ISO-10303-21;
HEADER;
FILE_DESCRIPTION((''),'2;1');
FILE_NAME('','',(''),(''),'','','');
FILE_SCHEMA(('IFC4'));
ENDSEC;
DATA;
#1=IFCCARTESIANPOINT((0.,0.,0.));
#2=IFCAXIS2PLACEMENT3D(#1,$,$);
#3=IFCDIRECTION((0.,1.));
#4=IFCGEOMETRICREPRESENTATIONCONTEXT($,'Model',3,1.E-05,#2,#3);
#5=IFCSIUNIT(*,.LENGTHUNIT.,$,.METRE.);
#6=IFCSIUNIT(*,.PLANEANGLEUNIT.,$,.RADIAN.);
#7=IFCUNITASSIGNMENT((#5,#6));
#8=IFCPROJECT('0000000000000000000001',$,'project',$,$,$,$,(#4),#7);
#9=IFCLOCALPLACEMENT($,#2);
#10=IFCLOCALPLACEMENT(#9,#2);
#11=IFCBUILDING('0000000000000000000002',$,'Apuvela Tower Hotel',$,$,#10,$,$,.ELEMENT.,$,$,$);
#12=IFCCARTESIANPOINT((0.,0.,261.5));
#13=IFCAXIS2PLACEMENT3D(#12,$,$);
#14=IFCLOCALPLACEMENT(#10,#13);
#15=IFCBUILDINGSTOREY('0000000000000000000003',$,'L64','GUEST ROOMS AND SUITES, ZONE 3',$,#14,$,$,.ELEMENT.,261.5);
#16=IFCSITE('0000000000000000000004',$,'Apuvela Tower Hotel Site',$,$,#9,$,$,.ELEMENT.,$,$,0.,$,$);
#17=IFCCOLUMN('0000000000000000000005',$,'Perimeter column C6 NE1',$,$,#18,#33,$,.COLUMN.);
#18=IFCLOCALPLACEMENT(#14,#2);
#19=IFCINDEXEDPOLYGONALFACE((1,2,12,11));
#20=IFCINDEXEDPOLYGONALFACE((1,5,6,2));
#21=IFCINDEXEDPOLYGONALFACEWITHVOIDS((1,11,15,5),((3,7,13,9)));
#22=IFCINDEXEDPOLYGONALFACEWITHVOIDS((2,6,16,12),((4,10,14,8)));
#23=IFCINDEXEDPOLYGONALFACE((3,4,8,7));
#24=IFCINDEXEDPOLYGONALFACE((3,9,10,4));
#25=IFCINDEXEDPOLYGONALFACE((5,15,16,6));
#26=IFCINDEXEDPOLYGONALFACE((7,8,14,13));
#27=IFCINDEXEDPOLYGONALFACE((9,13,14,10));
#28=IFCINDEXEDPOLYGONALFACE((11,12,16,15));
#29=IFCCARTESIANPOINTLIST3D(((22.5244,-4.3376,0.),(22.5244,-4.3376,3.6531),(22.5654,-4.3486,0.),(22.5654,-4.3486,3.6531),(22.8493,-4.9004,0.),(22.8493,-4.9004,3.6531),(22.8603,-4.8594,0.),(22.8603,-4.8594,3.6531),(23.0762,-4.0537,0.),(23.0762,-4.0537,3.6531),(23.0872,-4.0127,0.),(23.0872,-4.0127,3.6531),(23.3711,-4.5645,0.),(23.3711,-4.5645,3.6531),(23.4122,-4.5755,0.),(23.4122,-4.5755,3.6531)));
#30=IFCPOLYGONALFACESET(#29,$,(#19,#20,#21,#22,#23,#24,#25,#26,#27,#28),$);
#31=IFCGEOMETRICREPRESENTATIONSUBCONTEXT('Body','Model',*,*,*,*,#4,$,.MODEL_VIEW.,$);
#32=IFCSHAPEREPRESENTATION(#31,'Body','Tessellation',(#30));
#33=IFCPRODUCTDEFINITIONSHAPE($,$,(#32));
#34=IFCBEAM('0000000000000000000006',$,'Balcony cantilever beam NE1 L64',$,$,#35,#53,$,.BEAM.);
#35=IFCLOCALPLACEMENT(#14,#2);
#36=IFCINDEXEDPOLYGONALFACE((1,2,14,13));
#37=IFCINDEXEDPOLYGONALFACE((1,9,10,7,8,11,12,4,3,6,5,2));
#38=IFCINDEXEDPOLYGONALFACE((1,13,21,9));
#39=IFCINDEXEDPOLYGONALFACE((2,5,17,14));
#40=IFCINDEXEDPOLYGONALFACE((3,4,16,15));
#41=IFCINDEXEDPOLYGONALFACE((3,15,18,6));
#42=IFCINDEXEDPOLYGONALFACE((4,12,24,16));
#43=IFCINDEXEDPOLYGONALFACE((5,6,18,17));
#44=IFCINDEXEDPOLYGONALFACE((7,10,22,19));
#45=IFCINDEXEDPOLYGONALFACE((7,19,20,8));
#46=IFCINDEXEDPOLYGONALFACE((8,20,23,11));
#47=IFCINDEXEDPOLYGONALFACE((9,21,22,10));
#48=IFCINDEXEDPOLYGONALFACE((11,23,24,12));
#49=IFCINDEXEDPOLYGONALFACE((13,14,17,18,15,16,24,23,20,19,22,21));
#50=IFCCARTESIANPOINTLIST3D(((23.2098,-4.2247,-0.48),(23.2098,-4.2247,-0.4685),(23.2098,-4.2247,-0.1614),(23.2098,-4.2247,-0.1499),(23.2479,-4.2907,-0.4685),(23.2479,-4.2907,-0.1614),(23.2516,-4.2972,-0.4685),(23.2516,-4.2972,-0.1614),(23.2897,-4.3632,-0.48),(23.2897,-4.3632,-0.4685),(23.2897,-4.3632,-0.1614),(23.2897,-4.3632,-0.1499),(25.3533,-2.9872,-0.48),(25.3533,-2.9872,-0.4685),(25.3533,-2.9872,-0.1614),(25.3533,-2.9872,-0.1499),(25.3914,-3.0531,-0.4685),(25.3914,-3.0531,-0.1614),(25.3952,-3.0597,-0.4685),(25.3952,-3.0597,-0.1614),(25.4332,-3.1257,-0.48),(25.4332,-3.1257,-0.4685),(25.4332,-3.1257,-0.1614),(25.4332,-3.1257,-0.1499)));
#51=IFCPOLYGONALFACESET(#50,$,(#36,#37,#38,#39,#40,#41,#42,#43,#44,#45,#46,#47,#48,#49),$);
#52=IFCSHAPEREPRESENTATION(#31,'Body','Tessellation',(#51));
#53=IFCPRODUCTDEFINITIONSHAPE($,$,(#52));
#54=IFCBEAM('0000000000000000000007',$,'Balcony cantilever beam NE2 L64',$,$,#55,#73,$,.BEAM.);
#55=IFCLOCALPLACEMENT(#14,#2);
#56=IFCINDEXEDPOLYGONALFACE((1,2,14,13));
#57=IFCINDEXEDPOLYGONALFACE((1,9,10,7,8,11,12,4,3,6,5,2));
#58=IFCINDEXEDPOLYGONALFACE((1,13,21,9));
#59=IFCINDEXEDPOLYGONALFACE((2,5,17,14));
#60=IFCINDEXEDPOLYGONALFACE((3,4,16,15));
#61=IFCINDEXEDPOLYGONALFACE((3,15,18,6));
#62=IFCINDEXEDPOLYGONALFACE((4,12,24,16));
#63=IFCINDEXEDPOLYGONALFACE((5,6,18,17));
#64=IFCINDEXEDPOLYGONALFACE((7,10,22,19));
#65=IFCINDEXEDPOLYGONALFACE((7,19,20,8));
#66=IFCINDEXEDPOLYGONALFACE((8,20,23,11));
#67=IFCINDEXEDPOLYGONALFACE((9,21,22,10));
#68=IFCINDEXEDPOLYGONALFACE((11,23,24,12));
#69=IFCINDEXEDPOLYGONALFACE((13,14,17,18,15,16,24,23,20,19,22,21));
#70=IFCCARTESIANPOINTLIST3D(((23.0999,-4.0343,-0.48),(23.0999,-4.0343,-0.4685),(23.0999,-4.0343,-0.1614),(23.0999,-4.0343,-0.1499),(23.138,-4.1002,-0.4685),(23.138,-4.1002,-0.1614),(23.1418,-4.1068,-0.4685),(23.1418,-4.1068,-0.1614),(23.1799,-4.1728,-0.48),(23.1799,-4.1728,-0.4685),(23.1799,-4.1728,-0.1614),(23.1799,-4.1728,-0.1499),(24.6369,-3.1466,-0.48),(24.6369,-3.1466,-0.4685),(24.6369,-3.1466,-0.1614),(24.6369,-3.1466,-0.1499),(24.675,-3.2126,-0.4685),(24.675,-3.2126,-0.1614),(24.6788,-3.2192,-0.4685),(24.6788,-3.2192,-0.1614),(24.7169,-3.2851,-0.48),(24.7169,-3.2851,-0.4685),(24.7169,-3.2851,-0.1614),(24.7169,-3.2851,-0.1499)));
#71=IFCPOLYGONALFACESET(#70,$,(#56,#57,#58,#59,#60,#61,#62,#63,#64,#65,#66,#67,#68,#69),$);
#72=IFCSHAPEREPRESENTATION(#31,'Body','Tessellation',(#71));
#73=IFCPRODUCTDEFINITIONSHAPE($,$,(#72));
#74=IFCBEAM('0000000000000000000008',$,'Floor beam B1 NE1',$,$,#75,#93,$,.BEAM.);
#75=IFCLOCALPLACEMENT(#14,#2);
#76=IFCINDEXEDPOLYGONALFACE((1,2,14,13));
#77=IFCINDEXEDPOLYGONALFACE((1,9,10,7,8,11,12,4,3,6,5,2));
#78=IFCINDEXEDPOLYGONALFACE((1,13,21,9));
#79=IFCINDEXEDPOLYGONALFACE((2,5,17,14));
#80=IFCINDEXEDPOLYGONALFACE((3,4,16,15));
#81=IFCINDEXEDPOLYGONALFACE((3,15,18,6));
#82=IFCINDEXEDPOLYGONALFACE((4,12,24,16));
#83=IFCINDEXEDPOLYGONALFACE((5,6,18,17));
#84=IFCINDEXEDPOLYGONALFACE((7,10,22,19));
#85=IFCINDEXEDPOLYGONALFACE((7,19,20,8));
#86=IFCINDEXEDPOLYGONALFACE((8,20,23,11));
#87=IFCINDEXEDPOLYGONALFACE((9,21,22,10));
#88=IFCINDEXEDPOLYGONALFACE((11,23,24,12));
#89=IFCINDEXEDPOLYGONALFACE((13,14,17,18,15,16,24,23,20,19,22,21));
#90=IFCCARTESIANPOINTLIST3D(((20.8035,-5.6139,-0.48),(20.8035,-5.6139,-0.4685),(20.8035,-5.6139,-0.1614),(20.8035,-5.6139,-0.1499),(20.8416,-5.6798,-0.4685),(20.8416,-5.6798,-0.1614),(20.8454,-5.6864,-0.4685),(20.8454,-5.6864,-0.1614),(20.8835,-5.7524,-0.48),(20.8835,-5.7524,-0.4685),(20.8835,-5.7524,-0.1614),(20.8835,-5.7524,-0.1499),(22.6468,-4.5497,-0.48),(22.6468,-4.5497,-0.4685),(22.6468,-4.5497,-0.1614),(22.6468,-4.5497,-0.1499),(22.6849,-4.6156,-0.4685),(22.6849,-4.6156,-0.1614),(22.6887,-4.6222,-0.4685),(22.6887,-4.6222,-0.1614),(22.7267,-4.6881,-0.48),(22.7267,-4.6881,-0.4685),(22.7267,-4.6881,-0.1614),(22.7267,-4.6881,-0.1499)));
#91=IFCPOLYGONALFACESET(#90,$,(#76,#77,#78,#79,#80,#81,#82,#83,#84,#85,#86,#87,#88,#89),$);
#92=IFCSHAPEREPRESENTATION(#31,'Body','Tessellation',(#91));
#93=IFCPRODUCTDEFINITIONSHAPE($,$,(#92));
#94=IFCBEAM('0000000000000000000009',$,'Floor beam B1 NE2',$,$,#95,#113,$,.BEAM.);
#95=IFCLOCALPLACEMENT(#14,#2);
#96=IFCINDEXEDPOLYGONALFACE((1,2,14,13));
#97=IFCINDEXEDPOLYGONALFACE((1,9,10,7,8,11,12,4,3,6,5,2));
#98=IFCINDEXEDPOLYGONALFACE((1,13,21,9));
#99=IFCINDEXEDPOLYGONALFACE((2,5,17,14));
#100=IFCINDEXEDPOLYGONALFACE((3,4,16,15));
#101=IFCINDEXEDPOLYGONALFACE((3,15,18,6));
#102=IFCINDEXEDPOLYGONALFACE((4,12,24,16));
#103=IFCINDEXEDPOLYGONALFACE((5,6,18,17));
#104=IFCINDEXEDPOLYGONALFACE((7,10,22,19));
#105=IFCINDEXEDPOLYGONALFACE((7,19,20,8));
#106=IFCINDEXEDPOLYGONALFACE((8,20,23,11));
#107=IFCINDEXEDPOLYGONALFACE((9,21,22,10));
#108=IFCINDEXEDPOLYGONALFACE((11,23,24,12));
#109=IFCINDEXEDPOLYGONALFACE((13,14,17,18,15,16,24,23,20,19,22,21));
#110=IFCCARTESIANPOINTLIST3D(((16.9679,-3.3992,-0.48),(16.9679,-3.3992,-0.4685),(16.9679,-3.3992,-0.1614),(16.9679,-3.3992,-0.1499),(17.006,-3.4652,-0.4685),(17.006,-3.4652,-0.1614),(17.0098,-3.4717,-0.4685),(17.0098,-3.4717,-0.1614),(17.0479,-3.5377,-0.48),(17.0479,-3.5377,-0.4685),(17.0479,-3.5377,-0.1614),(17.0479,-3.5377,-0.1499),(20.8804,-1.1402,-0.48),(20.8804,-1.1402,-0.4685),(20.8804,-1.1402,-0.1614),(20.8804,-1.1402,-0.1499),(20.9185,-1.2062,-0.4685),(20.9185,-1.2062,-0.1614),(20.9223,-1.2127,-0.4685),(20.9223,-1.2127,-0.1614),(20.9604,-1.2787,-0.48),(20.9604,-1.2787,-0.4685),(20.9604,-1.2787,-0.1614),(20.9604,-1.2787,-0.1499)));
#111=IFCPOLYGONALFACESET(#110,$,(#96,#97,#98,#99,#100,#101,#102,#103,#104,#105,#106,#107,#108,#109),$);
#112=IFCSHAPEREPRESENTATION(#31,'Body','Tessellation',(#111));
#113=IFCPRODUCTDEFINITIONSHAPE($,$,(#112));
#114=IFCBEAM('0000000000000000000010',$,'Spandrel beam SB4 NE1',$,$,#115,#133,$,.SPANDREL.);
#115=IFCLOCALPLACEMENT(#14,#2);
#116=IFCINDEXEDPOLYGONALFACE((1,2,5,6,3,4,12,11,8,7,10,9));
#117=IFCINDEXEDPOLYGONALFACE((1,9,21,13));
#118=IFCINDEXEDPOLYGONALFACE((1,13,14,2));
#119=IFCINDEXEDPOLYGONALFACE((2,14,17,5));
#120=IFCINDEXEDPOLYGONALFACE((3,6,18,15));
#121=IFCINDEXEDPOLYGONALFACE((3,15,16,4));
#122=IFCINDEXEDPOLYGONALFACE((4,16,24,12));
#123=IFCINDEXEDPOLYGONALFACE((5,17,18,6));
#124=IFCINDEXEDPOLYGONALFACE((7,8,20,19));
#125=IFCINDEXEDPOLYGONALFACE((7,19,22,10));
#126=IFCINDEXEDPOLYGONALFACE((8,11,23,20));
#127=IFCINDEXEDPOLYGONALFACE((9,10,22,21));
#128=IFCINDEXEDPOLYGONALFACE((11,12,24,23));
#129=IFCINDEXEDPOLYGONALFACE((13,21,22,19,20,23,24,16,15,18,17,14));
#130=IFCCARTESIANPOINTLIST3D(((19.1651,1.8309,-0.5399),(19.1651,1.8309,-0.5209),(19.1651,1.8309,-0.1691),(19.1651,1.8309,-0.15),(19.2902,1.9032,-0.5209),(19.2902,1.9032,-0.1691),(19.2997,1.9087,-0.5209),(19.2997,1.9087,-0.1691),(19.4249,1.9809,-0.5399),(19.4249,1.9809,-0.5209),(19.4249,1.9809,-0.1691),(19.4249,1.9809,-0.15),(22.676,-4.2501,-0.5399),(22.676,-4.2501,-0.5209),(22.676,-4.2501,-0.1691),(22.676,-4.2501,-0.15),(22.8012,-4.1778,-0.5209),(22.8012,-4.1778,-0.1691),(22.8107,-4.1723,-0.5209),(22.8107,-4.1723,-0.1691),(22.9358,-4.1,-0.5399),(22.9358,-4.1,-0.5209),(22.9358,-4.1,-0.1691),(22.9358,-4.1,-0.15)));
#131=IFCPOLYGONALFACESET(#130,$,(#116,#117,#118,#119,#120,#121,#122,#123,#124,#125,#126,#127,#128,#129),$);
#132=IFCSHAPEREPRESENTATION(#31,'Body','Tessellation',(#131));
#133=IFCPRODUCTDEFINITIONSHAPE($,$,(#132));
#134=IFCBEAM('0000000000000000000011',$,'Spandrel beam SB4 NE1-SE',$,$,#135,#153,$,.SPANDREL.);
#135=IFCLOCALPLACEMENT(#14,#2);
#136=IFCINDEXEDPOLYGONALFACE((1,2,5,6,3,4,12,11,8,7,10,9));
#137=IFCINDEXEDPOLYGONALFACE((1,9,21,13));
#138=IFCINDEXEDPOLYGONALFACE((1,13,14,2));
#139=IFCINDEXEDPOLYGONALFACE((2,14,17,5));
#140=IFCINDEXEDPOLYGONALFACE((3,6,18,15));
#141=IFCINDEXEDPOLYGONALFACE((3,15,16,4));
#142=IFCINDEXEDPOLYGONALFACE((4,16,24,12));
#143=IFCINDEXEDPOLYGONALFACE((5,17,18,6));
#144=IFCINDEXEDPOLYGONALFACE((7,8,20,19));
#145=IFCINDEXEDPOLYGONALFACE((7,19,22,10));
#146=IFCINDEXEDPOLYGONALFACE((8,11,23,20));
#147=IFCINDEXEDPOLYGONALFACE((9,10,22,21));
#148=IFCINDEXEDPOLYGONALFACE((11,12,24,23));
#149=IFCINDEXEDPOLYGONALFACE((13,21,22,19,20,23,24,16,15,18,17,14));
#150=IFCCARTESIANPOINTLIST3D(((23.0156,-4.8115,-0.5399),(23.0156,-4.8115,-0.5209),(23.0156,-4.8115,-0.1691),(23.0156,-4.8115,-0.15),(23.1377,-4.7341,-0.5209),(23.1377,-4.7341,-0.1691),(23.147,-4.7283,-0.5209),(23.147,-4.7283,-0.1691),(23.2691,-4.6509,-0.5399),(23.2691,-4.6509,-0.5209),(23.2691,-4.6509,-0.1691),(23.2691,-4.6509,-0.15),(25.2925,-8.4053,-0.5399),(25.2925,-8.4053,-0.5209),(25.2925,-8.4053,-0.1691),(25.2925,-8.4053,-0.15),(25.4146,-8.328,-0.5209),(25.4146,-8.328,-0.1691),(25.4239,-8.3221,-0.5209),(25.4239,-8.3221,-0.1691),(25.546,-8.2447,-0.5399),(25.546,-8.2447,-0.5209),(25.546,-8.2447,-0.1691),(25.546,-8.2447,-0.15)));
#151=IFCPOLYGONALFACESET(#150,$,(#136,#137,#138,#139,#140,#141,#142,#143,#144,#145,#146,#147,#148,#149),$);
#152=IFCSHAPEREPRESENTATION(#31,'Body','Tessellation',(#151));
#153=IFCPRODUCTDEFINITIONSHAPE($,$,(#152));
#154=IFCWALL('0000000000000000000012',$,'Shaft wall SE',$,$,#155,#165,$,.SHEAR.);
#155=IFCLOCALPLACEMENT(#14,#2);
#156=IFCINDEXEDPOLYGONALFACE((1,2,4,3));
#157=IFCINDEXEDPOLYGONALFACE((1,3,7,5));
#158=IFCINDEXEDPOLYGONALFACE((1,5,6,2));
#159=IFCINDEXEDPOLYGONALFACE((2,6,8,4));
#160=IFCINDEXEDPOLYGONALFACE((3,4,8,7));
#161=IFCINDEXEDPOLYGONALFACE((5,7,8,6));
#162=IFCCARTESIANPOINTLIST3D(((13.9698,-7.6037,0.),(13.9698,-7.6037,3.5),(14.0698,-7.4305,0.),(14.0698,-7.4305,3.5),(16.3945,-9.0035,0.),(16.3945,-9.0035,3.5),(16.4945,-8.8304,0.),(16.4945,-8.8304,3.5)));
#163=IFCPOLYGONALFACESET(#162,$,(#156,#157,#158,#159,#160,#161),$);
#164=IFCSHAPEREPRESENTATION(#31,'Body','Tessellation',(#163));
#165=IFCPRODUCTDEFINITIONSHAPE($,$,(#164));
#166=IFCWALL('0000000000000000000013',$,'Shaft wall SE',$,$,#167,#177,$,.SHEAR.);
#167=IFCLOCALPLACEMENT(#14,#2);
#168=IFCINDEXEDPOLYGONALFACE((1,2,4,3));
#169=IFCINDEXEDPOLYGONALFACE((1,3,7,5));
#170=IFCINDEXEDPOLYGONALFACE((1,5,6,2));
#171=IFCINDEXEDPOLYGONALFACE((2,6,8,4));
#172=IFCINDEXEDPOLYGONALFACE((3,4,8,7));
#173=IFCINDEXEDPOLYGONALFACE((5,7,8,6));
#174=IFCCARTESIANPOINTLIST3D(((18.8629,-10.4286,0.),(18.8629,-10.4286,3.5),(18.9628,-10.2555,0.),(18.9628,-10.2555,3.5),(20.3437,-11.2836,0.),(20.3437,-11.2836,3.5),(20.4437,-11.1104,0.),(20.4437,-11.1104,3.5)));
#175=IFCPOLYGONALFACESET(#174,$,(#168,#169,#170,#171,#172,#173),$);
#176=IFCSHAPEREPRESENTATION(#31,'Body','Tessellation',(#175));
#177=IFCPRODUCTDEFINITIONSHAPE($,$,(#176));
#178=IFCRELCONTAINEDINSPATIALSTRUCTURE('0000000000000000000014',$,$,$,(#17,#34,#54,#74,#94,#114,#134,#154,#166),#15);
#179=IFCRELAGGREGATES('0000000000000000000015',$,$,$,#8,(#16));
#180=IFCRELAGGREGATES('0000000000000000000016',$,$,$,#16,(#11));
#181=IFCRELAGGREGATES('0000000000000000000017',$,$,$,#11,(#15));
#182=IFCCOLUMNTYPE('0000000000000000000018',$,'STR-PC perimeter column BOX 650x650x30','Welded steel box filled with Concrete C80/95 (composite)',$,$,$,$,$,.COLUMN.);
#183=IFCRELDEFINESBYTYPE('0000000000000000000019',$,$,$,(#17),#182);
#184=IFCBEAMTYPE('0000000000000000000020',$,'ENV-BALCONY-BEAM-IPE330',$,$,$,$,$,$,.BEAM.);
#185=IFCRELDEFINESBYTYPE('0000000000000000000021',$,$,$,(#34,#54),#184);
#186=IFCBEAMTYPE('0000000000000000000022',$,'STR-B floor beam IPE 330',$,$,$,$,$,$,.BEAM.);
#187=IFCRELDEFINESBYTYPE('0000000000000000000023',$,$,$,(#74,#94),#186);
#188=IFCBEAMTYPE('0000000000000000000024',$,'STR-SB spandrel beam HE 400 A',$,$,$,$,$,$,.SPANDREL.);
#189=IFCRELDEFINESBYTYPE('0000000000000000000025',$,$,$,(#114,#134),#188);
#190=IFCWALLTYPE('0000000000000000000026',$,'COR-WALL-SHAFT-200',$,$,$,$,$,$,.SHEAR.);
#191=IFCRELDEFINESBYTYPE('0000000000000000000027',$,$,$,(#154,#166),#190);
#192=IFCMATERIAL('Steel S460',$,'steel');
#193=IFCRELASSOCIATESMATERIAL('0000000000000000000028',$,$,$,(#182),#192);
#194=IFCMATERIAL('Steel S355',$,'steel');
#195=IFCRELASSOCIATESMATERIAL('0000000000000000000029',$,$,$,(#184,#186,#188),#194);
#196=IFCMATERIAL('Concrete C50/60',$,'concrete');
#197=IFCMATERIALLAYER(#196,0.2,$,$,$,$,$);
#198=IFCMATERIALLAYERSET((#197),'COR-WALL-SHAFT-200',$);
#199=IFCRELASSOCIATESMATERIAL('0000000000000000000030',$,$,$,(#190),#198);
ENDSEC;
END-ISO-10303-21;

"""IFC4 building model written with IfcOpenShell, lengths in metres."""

from ifc_helpers import new_model, si_unit, direction, frame, frame_2d, origin, origin_2d, place, context, subcontext, project, spatial, rectangle, hollow_rectangle, i_section, extrude, boolean, halfspace, material, layer, layer_set, material_profile, profile_set, type_object, element, save


model = new_model("IFC4")

# Units and contexts
model_context = context("Model", 3, precision=1e-05, world=origin(), true_north=direction((0.0, 1.0)))
body_context = subcontext(model_context, "Body", "Model", "MODEL_VIEW")
ifc_project = project(units=[si_unit("LENGTHUNIT", "METRE"), si_unit("PLANEANGLEUNIT", "RADIAN")], contexts=[model_context])

# Site, building, storey
site_placement = place(None, origin())
site = spatial("IfcSite", under=ifc_project, at=site_placement, Name="Apuvela Tower Hotel Site", CompositionType="ELEMENT", RefElevation=0.0)
building_placement = place(site_placement, origin())
building = spatial("IfcBuilding", under=site, at=building_placement, Name="Apuvela Tower Hotel", CompositionType="ELEMENT")
storey_placement = place(building_placement, frame((0.0, 0.0, 261.5)))
storey = spatial("IfcBuildingStorey", under=building, at=storey_placement, Name="L64", Description="GUEST ROOMS AND SUITES, ZONE 3", CompositionType="ELEMENT", Elevation=261.5)

# Column
ifc_material_1 = material(Name="Steel S460", Category="steel")
ifc_material_profile_1 = material_profile(ifc_material_1, hollow_rectangle(XDim=0.6499, YDim=0.6499, WallThickness=0.03, at=origin_2d()), Name="BOX 650x650x30")
ifc_material_2 = material(Name="Concrete C80/95", Category="concrete")
ifc_material_profile_2 = material_profile(ifc_material_2, rectangle(XDim=0.5901, YDim=0.5901, at=origin_2d()), Name="Concrete C80/95 infill")
ifc_profile_set_1 = profile_set([ifc_material_profile_1, ifc_material_profile_2], Name="Steel S460")
column_type = type_object("IfcColumnType", Name="STR-PC perimeter column BOX 650x650x30", Description="Welded steel box filled with Concrete C80/95 (composite)", PredefinedType="COLUMN", material=ifc_profile_set_1)
column_placement = place(storey_placement, frame((22.9683, -4.4565, 0.0), z_axis=(0.0, 0.0, 1.0), x_axis=(-0.5, 0.866025, 0.0)))
element("IfcColumn", 1, at=column_placement, inside=storey, type_object=column_type, Name="Perimeter column C6 NE1", PredefinedType="COLUMN", context=body_context, shape_type="SweptSolid", body=[
    boolean("DIFFERENCE", extrude(hollow_rectangle(XDim=0.6499, YDim=0.6499, WallThickness=0.03, at=origin_2d()), origin(), (0.0, 0.0, 1.0), 3.7), halfspace(frame((0.0, 0.0, 3.6531), z_axis=(0.0, 0.0, 1.0), x_axis=(1.0, 0.0, 0.0)), False)),
])

# Beams
ifc_material_3 = material(Name="Steel S355", Category="steel")
ifc_material_profile_3 = material_profile(ifc_material_3, i_section(OverallWidth=0.1599, OverallDepth=0.3301, WebThickness=0.0076, FlangeThickness=0.0115, at=origin_2d()), Name="IPE 330")
ifc_profile_set_2 = profile_set([ifc_material_profile_3], Name="Steel S355")
beam_type_1 = type_object("IfcBeamType", Name="ENV-BALCONY-BEAM-IPE330", PredefinedType="BEAM", material=ifc_profile_set_2)
beam_1_placement = place(storey_placement, frame((23.2498, -4.2939, -0.3149), z_axis=(0.866031, 0.49999, 0.0), x_axis=(-0.49999, 0.866031, 0.0)))
element("IfcBeam", 2, at=beam_1_placement, inside=storey, type_object=beam_type_1, Name="Balcony cantilever beam NE1 L64", PredefinedType="BEAM", context=body_context, shape_type="SweptSolid", body=[
    extrude(i_section(OverallWidth=0.1599, OverallDepth=0.3301, WebThickness=0.0076, FlangeThickness=0.0115, at=origin_2d()), origin(), (0.0, 0.0, 1.0), 2.4751),
])
beam_2_placement = place(storey_placement, frame((23.1399, -4.1035, -0.3149), z_axis=(0.865966, 0.500103, 0.0), x_axis=(-0.500103, 0.865966, 0.0)))
element("IfcBeam", 3, at=beam_2_placement, inside=storey, type_object=beam_type_1, Name="Balcony cantilever beam NE2 L64", PredefinedType="BEAM", context=body_context, shape_type="SweptSolid", body=[
    extrude(i_section(OverallWidth=0.1599, OverallDepth=0.3301, WebThickness=0.0076, FlangeThickness=0.0115, at=origin_2d()), origin(), (0.0, 0.0, 1.0), 1.7749),
])
ifc_material_profile_4 = material_profile(ifc_material_3, i_section(OverallWidth=0.1599, OverallDepth=0.3301, WebThickness=0.0076, FlangeThickness=0.0115, at=origin_2d()), Name="IPE 330")
ifc_profile_set_3 = profile_set([ifc_material_profile_4], Name="Steel S355")
beam_type_2 = type_object("IfcBeamType", Name="STR-B floor beam IPE 330", PredefinedType="BEAM", material=ifc_profile_set_3)
beam_3_placement = place(storey_placement, frame((22.6868, -4.6189, -0.3149), z_axis=(-0.866025, -0.5, 0.0), x_axis=(0.5, -0.866025, 0.0)))
element("IfcBeam", 4, at=beam_3_placement, inside=storey, type_object=beam_type_2, Name="Floor beam B1 NE1", PredefinedType="BEAM", context=body_context, shape_type="SweptSolid", body=[
    extrude(i_section(OverallWidth=0.1599, OverallDepth=0.3301, WebThickness=0.0076, FlangeThickness=0.0115, at=origin_2d()), origin(), (0.0, 0.0, 1.0), 2.1284),
])
beam_4_placement = place(storey_placement, frame((20.9204, -1.2095, -0.3149), z_axis=(-0.866016, -0.500016, 0.0), x_axis=(0.500016, -0.866016, 0.0)))
element("IfcBeam", 5, at=beam_4_placement, inside=storey, type_object=beam_type_2, Name="Floor beam B1 NE2", PredefinedType="BEAM", context=body_context, shape_type="SweptSolid", body=[
    extrude(i_section(OverallWidth=0.1599, OverallDepth=0.3301, WebThickness=0.0076, FlangeThickness=0.0115, at=origin_2d()), origin(), (0.0, 0.0, 1.0), 4.5178),
])
ifc_material_profile_5 = material_profile(ifc_material_3, i_section(OverallWidth=0.3, OverallDepth=0.3899, WebThickness=0.011, FlangeThickness=0.019, at=origin_2d()), Name="HE 400 A")
ifc_profile_set_4 = profile_set([ifc_material_profile_5], Name="Steel S355")
beam_type_3 = type_object("IfcBeamType", Name="STR-SB spandrel beam HE 400 A", PredefinedType="SPANDREL", material=ifc_profile_set_4)
beam_5_placement = place(storey_placement, frame((22.8059, -4.175, -0.345), z_axis=(-0.500009, 0.86602, 0.0), x_axis=(-0.86602, -0.500009, 0.0)))
element("IfcBeam", 6, at=beam_5_placement, inside=storey, type_object=beam_type_3, Name="Spandrel beam SB4 NE1", PredefinedType="SPANDREL", context=body_context, shape_type="SweptSolid", body=[
    extrude(i_section(OverallWidth=0.3, OverallDepth=0.3899, WebThickness=0.011, FlangeThickness=0.019, at=origin_2d()), origin(), (0.0, 0.0, 1.0), 7.0217),
])
beam_6_placement = place(storey_placement, frame((23.1423, -4.7312, -0.345), z_axis=(0.535189, -0.844733, 0.0), x_axis=(0.844733, 0.535189, 0.0)))
element("IfcBeam", 7, at=beam_6_placement, inside=storey, type_object=beam_type_3, Name="Spandrel beam SB4 NE1-SE", PredefinedType="SPANDREL", context=body_context, shape_type="SweptSolid", body=[
    extrude(i_section(OverallWidth=0.3, OverallDepth=0.3899, WebThickness=0.011, FlangeThickness=0.019, at=origin_2d()), origin(), (0.0, 0.0, 1.0), 4.2544),
])

# Walls
ifc_material_4 = material(Name="Concrete C50/60", Category="concrete")
ifc_layer_1 = layer(ifc_material_4, 0.2)
ifc_layer_set_1 = layer_set([ifc_layer_1], Name="COR-WALL-SHAFT-200")
wall_type_1 = type_object("IfcWallType", Name="COR-WALL-SHAFT-200", PredefinedType="SHEAR", material=ifc_layer_set_1)
wall_1_placement = place(storey_placement, frame((14.0198, -7.5171, 0.0), z_axis=(0.0, 0.0, 1.0), x_axis=(0.866035, -0.499984, 0.0)))
element("IfcWall", 8, at=wall_1_placement, inside=storey, type_object=wall_type_1, Name="Shaft wall SE", PredefinedType="SHEAR", context=body_context, shape_type="SweptSolid", body=[
    extrude(rectangle(XDim=2.7998, YDim=0.2, at=frame_2d((1.3999, 0.0))), origin(), (0.0, 0.0, 1.0), 3.5),
])
wall_2_placement = place(storey_placement, frame((18.9128, -10.342, 0.0), z_axis=(0.0, 0.0, 1.0), x_axis=(0.866038, -0.499978, 0.0)))
element("IfcWall", 9, at=wall_2_placement, inside=storey, type_object=wall_type_1, Name="Shaft wall SE", PredefinedType="SHEAR", context=body_context, shape_type="SweptSolid", body=[
    extrude(rectangle(XDim=1.71, YDim=0.2, at=frame_2d((0.855, 0.0))), origin(), (0.0, 0.0, 1.0), 3.5),
])

save(model, "model.ifc")
